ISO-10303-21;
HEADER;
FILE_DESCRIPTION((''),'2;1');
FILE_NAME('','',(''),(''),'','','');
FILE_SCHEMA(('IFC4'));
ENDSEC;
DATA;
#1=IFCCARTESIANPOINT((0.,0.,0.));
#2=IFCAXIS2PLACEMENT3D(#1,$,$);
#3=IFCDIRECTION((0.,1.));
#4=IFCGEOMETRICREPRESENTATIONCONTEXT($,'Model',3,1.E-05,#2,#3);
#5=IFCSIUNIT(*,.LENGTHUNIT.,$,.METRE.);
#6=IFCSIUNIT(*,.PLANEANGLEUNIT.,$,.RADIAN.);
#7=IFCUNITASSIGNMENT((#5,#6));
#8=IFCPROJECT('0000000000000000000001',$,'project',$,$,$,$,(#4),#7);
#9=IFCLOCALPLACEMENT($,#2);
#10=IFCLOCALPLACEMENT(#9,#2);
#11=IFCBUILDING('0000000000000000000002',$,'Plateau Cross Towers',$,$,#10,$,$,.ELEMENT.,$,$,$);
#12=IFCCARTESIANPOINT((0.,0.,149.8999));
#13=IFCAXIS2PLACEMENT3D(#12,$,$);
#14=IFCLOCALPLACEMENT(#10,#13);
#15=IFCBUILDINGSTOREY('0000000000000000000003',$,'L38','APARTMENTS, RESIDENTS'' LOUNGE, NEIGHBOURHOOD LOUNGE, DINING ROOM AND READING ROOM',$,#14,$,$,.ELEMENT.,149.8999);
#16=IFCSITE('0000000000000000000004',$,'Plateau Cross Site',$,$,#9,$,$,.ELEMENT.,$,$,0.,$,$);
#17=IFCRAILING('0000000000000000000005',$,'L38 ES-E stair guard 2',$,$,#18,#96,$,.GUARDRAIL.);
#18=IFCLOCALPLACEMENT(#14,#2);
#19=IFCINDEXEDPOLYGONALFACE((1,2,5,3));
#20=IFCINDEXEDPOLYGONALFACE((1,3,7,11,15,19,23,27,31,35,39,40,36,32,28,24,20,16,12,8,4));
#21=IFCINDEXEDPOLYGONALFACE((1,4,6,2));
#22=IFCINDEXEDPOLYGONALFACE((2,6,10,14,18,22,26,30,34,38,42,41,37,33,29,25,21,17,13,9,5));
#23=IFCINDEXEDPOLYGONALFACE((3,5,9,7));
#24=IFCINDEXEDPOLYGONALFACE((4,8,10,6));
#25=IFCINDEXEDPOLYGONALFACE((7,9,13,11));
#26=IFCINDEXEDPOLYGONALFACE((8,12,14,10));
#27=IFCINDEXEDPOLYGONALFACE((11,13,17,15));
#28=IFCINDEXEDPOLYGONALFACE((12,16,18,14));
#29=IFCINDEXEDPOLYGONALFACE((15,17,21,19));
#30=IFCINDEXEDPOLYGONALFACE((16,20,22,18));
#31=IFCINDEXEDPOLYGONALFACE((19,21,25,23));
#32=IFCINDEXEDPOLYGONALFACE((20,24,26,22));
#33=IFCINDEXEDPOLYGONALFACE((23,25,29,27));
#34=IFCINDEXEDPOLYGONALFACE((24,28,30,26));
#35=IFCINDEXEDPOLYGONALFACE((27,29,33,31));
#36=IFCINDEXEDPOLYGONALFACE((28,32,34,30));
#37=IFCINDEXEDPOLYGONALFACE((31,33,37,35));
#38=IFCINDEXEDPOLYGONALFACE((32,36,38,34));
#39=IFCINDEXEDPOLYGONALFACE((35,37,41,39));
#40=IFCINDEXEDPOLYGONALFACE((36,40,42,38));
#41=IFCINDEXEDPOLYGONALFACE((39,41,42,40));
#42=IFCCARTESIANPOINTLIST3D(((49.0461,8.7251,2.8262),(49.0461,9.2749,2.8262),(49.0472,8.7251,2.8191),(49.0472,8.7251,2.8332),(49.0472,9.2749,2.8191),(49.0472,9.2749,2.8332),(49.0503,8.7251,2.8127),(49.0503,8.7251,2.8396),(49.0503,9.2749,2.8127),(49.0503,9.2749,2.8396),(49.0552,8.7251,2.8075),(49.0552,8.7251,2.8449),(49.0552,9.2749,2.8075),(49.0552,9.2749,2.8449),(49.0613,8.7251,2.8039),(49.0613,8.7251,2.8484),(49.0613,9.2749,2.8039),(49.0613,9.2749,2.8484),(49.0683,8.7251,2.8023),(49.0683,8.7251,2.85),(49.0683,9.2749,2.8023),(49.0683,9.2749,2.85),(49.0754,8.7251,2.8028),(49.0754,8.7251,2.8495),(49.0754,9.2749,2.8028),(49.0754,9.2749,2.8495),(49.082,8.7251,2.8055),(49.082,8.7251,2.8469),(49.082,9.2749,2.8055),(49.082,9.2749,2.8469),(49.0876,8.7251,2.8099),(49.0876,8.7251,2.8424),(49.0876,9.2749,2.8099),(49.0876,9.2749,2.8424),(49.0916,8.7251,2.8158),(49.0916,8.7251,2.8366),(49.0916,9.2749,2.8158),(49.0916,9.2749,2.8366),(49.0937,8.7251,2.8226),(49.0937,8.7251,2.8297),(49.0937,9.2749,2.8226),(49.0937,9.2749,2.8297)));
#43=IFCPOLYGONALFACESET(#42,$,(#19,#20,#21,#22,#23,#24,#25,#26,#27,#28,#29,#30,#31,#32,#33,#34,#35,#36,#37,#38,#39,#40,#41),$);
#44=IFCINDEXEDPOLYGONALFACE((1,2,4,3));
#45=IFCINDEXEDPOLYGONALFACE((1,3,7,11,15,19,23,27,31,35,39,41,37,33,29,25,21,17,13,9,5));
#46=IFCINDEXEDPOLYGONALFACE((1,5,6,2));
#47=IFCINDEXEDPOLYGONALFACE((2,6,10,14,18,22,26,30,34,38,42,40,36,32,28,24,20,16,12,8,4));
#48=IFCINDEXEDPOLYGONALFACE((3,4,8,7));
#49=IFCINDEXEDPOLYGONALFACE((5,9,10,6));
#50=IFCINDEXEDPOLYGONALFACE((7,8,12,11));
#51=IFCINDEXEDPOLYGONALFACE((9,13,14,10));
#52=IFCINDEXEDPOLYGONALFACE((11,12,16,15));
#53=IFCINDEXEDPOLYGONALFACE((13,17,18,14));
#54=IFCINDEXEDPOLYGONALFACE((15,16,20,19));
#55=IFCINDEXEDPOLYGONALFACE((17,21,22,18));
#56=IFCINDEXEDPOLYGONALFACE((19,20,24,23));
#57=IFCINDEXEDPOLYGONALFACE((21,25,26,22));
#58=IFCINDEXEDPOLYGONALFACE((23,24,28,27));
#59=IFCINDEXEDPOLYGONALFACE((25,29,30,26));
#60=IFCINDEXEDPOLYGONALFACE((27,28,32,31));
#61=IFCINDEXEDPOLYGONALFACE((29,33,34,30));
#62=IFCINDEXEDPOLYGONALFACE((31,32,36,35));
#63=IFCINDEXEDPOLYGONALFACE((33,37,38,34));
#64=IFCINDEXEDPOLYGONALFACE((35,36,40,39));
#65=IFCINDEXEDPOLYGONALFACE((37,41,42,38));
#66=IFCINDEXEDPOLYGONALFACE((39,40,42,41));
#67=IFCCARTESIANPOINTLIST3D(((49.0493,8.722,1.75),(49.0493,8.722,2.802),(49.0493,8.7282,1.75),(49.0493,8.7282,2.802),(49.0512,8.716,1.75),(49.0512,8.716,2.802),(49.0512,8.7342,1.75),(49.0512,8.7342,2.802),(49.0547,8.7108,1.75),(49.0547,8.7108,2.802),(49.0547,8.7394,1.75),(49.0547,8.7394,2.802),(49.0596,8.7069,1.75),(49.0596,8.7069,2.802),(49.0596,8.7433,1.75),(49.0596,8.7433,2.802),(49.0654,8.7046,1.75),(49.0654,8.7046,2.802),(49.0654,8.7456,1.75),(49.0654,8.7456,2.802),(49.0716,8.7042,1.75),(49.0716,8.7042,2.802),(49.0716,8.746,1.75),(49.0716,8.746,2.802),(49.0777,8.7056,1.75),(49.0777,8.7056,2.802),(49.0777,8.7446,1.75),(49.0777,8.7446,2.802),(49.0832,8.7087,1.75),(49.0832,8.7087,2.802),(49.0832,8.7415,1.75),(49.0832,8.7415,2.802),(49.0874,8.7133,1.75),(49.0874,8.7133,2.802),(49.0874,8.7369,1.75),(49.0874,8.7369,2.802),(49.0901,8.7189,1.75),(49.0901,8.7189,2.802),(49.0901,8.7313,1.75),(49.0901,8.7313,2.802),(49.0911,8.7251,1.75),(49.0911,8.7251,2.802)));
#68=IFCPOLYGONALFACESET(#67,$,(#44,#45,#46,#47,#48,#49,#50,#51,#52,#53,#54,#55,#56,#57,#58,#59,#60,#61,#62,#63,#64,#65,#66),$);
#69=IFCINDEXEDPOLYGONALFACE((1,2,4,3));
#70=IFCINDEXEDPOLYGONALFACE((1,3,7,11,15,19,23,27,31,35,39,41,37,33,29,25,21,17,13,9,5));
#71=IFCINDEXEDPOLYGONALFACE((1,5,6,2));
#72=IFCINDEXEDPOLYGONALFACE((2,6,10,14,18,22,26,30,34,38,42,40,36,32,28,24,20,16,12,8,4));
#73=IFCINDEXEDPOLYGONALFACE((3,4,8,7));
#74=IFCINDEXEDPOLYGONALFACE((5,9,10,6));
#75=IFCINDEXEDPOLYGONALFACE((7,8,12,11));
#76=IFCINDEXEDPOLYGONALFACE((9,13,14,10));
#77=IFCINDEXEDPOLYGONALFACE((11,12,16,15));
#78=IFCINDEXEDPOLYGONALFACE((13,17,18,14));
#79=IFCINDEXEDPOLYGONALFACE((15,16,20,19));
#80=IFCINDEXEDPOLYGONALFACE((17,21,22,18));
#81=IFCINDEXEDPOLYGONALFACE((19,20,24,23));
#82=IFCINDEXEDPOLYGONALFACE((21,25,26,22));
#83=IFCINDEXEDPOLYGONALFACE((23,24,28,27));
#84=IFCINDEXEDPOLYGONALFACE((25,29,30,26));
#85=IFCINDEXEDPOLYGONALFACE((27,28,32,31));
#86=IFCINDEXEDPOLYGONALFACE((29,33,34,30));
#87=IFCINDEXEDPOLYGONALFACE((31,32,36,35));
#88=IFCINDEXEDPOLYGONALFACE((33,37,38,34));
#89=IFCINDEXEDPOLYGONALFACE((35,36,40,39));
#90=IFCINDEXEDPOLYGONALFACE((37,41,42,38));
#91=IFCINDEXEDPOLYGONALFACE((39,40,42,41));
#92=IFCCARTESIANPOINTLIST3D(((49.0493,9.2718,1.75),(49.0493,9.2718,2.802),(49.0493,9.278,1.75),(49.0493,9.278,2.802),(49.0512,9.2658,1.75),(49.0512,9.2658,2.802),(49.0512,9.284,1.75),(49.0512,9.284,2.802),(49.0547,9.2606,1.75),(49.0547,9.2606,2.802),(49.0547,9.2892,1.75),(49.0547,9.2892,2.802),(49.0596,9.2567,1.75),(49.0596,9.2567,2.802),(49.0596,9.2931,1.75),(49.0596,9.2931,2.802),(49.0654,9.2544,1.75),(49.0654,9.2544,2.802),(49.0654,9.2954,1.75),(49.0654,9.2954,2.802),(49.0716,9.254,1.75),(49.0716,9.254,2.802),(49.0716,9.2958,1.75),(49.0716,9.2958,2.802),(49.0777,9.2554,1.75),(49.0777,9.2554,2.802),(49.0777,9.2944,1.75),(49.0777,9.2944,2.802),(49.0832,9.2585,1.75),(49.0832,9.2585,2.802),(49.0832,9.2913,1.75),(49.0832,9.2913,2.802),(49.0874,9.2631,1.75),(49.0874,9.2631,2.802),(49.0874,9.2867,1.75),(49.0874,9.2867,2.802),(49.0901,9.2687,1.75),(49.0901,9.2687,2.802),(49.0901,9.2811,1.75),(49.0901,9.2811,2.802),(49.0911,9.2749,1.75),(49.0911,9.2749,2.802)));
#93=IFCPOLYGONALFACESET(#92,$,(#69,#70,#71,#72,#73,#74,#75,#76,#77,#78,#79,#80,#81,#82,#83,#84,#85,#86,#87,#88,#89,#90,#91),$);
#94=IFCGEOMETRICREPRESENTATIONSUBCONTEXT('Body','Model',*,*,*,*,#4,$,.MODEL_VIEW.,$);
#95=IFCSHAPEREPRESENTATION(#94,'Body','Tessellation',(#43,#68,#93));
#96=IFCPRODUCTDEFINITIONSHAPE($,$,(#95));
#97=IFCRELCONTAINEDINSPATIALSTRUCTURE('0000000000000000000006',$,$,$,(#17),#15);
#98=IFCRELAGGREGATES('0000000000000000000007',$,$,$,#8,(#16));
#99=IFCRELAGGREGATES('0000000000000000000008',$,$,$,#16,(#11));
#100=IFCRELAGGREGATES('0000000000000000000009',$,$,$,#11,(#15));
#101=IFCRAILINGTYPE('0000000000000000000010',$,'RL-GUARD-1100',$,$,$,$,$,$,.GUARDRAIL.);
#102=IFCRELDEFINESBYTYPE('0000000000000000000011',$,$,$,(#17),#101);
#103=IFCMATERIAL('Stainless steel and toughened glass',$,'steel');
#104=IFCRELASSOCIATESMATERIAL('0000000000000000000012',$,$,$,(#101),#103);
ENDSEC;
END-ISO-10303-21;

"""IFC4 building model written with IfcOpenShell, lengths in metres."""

from ifc_helpers import new_model, si_unit, direction, frame, origin, origin_2d, place, context, subcontext, project, spatial, circle, extrude, material, type_object, element, save


model = new_model("IFC4")

# Units and contexts
model_context = context("Model", 3, precision=1e-05, world=origin(), true_north=direction((0.0, 1.0)))
body_context = subcontext(model_context, "Body", "Model", "MODEL_VIEW")
ifc_project = project(units=[si_unit("LENGTHUNIT", "METRE"), si_unit("PLANEANGLEUNIT", "RADIAN")], contexts=[model_context])

# Site, building, storey
site_placement = place(None, origin())
site = spatial("IfcSite", under=ifc_project, at=site_placement, Name="Plateau Cross Site", CompositionType="ELEMENT", RefElevation=0.0)
building_placement = place(site_placement, origin())
building = spatial("IfcBuilding", under=site, at=building_placement, Name="Plateau Cross Towers", CompositionType="ELEMENT")
storey_placement = place(building_placement, frame((0.0, 0.0, 149.8999)))
storey = spatial("IfcBuildingStorey", under=building, at=storey_placement, Name="L38", Description="APARTMENTS, RESIDENTS' LOUNGE, NEIGHBOURHOOD LOUNGE, DINING ROOM AND READING ROOM", CompositionType="ELEMENT", Elevation=149.8999)

# Railing
ifc_material_1 = material(Name="Stainless steel and toughened glass", Category="steel")
railing_type_1 = type_object("IfcRailingType", Name="RL-GUARD-1100", PredefinedType="GUARDRAIL", material=ifc_material_1)
railing_1_placement = place(storey_placement, frame((49.0701, 8.7251, 1.75)))
element("IfcRailing", 1, at=railing_1_placement, inside=storey, type_object=railing_type_1, Name="L38 ES-E stair guard 2", PredefinedType="GUARDRAIL", context=body_context, shape_type="SweptSolid", body=[
    extrude(circle(Radius=0.0239, at=origin_2d()), frame((0.0, 0.0, 1.0762), z_axis=(0.0, 1.0, 0.0), x_axis=(-1.0, 0.0, 0.0)), (0.0, 0.0, 1.0), 0.5498),
    extrude(circle(Radius=0.021, at=origin_2d()), origin(), (0.0, 0.0, 1.0), 1.052),
    extrude(circle(Radius=0.021, at=origin_2d()), frame((0.0, 0.5498, 0.0)), (0.0, 0.0, 1.0), 1.052),
])

save(model, "model.ifc")
